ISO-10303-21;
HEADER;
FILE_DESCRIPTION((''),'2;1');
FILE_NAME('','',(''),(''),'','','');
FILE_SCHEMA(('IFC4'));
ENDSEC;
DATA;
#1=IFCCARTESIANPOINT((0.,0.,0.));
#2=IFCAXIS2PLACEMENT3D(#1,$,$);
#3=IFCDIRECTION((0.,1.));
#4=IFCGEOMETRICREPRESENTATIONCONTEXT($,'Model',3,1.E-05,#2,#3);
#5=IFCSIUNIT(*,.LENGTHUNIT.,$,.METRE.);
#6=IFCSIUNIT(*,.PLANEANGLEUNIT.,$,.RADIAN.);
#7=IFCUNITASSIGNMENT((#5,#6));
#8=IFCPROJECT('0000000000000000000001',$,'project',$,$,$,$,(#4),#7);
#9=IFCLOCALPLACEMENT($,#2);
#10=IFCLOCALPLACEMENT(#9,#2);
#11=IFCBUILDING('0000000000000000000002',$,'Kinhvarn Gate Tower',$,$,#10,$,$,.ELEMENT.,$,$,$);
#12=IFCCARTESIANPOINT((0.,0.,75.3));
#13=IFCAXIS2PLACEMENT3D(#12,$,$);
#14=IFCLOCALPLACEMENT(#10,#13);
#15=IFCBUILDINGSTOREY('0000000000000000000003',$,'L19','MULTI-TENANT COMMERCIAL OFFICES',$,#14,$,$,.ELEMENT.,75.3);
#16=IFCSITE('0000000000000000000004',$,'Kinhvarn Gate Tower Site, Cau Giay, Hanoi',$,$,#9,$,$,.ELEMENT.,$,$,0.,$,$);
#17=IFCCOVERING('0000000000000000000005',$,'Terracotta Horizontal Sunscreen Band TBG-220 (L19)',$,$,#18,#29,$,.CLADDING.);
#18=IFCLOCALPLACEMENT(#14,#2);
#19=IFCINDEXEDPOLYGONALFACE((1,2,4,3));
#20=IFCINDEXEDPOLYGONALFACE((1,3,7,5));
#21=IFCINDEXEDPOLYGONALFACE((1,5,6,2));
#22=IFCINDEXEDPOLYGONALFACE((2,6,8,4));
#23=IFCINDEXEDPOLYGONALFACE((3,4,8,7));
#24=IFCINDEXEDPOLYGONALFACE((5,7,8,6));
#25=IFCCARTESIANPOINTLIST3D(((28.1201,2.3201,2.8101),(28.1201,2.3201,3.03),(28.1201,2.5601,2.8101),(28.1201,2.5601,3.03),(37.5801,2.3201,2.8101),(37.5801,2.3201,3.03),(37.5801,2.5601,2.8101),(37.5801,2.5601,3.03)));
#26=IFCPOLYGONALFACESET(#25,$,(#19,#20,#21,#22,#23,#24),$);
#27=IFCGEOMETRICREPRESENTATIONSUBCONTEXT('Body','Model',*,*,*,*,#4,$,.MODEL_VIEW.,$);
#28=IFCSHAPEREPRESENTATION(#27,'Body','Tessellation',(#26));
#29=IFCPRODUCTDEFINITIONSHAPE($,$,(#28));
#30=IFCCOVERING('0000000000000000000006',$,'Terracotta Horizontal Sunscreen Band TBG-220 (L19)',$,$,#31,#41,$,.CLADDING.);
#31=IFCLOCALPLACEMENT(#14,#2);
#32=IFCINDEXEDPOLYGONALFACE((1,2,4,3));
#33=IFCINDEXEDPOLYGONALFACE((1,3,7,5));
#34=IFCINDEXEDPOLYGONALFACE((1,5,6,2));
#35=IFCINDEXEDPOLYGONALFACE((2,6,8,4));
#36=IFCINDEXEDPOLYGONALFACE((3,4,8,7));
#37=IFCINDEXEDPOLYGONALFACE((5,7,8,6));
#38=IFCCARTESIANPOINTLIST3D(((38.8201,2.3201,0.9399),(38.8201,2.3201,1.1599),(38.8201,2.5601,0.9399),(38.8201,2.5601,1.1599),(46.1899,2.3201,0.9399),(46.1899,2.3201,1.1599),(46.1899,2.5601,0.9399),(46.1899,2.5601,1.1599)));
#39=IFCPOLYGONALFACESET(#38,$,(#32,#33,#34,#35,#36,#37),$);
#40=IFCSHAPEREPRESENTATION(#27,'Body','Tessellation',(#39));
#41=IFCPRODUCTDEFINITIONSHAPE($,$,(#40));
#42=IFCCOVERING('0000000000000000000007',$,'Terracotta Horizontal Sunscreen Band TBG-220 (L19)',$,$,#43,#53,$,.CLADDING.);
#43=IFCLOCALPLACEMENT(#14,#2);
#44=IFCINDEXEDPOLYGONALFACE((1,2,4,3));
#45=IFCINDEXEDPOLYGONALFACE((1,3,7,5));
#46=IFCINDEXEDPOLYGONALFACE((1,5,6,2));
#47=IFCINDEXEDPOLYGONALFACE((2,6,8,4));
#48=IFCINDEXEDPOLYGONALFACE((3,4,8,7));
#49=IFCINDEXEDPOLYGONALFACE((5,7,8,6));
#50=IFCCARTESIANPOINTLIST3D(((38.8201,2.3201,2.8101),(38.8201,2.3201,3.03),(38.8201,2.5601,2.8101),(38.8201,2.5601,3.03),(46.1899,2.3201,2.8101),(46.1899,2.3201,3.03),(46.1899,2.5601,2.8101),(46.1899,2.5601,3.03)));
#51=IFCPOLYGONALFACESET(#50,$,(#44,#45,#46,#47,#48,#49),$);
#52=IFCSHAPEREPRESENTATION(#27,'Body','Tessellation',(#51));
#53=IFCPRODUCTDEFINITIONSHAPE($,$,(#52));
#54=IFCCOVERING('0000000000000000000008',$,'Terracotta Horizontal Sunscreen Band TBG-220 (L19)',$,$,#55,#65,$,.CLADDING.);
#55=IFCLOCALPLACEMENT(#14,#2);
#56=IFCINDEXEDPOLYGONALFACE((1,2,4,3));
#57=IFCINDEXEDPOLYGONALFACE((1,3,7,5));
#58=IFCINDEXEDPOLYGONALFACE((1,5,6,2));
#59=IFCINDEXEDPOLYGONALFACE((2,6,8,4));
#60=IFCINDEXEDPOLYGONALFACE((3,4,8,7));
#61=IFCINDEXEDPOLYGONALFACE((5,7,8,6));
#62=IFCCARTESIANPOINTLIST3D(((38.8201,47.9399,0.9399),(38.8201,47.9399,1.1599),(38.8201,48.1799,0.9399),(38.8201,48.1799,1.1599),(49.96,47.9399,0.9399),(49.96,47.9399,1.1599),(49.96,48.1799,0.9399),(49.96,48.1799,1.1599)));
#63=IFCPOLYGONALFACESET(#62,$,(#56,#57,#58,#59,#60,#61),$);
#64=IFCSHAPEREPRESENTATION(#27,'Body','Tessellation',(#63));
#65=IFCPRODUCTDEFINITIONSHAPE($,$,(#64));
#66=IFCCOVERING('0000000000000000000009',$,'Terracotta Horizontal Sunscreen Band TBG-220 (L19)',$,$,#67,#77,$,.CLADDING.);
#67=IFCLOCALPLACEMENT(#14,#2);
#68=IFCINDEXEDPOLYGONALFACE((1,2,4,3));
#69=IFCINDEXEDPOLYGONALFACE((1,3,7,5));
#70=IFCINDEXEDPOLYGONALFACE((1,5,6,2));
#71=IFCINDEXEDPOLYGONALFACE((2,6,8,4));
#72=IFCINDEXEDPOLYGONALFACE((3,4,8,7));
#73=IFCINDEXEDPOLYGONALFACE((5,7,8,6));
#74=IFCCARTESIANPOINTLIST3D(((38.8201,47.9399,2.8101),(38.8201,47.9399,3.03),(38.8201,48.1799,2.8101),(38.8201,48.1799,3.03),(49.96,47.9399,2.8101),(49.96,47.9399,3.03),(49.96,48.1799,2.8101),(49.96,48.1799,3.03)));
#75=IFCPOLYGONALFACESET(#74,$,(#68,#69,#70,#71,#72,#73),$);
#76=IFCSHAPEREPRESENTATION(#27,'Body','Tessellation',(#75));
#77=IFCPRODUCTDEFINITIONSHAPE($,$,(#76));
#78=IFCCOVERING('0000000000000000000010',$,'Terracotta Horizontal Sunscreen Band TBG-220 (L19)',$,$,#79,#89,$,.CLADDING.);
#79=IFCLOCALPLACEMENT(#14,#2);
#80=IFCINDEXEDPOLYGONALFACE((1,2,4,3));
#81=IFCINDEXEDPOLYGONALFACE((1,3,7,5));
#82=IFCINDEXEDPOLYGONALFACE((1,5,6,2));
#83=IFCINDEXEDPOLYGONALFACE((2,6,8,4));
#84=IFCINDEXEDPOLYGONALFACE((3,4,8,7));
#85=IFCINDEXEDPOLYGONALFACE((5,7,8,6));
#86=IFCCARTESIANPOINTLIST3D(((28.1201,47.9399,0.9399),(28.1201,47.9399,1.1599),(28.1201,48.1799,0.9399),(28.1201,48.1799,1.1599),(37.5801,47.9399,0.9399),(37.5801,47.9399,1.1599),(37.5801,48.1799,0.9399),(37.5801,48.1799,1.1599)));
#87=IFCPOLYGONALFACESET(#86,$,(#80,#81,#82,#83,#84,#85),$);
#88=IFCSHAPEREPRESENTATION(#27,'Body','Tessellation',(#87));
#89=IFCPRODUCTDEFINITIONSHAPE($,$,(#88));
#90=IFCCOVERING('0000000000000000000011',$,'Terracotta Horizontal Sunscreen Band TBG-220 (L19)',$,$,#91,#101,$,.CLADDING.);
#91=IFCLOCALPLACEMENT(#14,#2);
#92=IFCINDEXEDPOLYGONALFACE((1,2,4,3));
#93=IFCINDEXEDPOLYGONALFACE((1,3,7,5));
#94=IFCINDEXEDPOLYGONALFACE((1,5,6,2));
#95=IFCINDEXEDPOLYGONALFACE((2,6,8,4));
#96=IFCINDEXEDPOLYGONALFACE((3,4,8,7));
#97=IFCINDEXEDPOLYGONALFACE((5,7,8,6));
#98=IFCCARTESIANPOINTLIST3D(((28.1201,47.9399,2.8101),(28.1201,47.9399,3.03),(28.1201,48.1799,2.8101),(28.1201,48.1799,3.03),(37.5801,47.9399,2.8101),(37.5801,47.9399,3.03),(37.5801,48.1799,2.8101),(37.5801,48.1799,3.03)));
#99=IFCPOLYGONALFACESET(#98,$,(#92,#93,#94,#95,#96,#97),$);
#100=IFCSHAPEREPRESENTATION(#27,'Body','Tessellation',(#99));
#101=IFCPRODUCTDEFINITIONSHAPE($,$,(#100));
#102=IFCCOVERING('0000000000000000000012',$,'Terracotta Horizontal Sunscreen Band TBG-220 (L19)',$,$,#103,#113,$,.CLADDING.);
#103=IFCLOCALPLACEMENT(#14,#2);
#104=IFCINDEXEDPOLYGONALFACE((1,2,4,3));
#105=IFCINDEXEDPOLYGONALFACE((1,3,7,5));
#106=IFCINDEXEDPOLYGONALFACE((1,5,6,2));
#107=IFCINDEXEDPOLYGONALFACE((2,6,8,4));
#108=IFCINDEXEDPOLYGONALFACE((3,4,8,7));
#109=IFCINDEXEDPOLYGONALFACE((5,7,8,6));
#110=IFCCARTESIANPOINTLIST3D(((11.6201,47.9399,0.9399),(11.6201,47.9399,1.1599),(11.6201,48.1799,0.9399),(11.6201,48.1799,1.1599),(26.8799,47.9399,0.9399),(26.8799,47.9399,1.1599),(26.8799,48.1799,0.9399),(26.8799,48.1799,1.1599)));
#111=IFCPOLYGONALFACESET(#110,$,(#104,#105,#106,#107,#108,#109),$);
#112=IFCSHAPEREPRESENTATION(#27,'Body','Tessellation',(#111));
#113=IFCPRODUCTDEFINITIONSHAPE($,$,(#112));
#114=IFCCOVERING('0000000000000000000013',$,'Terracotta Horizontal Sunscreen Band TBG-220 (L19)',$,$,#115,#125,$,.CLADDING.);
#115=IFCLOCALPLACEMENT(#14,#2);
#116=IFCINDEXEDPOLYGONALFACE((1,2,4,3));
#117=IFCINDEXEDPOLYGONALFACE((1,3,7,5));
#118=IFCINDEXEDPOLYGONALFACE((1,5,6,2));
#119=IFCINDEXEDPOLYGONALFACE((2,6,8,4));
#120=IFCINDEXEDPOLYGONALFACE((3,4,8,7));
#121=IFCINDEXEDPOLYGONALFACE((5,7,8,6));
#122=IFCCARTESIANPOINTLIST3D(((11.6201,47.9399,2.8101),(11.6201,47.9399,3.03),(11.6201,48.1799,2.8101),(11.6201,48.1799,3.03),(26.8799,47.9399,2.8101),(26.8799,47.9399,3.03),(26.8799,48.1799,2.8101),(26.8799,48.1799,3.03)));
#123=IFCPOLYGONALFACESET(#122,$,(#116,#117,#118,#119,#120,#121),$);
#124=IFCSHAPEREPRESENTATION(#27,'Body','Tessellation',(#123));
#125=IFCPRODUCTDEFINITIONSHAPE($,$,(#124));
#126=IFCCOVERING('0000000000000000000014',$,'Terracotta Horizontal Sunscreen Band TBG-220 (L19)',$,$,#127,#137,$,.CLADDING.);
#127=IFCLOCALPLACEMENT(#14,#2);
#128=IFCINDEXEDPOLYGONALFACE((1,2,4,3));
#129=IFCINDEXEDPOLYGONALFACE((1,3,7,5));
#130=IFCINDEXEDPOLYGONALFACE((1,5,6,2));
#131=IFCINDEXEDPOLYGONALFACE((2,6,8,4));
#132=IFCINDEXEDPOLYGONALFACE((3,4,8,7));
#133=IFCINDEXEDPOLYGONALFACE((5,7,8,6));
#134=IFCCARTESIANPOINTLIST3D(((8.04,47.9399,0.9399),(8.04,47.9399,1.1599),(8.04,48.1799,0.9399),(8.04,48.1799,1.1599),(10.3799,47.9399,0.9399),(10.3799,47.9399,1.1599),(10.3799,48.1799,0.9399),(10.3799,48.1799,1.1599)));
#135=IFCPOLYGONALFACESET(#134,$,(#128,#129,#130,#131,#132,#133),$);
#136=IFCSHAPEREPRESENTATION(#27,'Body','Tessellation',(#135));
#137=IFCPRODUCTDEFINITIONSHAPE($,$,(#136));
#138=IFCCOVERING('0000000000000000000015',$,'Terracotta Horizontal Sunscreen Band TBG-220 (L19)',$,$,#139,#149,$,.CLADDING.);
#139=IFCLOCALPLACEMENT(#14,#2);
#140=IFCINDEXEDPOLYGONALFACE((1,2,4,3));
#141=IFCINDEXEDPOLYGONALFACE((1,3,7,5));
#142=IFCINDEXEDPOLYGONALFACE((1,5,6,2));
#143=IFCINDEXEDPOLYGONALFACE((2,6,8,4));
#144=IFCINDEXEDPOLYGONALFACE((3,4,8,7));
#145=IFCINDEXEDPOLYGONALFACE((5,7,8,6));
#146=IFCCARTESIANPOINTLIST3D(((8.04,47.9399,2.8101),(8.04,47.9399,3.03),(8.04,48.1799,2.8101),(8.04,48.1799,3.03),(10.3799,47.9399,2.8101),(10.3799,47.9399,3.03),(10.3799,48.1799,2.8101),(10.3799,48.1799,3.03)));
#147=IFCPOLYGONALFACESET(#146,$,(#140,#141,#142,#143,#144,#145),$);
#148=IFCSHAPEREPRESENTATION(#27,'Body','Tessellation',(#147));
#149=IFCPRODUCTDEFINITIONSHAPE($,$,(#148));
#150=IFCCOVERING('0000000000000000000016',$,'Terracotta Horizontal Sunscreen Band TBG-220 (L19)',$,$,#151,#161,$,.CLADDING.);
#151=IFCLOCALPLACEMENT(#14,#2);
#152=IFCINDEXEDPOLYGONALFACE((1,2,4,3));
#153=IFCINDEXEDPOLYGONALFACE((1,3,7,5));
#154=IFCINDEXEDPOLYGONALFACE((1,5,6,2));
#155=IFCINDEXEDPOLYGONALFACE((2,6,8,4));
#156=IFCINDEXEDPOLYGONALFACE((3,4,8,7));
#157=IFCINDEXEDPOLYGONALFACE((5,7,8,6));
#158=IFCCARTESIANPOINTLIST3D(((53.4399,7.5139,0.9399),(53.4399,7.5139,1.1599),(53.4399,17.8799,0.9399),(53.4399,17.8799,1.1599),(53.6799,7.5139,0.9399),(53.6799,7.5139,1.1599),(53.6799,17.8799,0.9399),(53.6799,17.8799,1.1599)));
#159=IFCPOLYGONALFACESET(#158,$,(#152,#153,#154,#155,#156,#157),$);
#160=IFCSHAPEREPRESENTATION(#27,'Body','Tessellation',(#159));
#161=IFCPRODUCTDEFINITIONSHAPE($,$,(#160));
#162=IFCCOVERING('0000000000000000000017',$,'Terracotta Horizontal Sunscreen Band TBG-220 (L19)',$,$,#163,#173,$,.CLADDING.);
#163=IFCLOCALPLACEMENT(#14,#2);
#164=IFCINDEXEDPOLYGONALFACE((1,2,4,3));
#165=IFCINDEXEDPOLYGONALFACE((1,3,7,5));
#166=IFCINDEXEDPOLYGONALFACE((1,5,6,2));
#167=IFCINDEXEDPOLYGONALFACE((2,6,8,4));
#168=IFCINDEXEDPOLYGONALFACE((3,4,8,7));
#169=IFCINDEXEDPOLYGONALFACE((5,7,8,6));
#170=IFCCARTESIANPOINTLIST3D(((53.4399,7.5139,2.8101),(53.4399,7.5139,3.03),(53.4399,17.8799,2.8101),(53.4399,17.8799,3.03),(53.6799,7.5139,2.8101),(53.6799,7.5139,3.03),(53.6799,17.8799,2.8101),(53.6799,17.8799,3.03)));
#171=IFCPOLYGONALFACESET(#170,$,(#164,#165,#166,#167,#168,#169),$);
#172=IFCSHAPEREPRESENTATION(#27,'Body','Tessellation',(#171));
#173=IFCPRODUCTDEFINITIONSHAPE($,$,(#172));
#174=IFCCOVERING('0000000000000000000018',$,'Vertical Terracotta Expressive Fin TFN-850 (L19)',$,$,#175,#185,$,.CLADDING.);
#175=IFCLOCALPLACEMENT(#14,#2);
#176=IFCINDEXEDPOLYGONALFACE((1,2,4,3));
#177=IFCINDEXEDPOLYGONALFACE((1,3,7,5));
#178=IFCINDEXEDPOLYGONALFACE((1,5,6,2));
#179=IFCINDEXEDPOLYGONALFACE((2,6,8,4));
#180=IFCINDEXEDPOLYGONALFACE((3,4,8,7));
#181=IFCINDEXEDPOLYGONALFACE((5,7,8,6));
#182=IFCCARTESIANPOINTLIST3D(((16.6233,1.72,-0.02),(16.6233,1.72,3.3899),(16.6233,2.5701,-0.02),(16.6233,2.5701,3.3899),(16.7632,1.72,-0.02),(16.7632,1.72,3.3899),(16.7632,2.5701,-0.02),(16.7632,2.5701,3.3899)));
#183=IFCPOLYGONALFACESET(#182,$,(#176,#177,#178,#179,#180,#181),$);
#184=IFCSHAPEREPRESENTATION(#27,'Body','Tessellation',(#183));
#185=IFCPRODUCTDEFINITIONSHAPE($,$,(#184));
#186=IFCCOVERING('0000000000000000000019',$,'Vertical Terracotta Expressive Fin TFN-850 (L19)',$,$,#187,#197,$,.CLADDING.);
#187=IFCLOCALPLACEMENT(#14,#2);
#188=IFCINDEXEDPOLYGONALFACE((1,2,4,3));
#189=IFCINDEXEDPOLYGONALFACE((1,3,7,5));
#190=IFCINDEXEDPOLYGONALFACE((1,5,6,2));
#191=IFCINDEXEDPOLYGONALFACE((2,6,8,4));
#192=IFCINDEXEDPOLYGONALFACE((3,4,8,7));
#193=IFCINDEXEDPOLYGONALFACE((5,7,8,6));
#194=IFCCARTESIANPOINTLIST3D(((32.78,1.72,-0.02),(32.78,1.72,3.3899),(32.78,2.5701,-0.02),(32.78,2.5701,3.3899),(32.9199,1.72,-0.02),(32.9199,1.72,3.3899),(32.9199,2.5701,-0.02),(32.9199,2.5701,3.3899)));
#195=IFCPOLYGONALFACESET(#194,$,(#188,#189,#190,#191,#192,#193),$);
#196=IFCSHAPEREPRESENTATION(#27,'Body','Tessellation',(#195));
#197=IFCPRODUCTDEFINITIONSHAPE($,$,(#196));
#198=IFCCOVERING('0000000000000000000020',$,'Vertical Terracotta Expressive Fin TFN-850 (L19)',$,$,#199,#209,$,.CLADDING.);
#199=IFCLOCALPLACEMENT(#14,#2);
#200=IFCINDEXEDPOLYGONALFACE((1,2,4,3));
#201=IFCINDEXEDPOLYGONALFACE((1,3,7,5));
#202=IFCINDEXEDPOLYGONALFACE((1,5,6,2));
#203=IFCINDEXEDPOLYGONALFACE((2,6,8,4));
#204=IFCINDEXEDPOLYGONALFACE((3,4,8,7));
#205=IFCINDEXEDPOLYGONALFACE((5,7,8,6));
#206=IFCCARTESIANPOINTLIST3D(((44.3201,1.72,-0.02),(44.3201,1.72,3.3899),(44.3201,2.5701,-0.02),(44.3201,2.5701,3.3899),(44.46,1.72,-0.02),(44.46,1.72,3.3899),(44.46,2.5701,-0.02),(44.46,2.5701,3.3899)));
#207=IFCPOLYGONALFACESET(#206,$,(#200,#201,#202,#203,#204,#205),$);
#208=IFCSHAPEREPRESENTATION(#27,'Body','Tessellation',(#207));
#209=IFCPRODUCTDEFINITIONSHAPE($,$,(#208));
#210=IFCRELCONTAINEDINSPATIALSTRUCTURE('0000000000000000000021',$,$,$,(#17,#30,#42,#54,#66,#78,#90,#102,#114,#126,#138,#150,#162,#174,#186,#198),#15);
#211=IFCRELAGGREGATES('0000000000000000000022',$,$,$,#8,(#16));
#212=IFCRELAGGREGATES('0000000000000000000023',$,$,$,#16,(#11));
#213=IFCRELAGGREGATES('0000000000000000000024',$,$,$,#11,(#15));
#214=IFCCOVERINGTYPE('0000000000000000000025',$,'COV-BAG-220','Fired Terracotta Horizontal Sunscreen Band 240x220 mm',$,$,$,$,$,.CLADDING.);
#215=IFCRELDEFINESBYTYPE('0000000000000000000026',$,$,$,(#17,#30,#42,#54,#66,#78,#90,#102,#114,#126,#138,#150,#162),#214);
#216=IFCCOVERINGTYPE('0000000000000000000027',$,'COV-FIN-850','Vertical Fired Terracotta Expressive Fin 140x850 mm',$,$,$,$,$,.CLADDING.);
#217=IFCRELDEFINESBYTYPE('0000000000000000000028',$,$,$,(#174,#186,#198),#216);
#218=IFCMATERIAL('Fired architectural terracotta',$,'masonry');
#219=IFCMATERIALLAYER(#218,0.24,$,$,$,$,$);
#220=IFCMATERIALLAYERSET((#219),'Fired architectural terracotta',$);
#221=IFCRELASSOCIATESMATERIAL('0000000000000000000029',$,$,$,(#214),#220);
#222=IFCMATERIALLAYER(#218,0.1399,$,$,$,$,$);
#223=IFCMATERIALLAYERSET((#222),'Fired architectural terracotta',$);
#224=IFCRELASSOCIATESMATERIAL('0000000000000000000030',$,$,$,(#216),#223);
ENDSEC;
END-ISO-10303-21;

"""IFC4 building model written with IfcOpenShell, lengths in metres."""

from ifc_helpers import new_model, si_unit, direction, frame, origin, place, context, subcontext, project, spatial, polyline, outline, extrude, material, layer, layer_set, type_object, element, save


model = new_model("IFC4")

# Units and contexts
model_context = context("Model", 3, precision=1e-05, world=origin(), true_north=direction((0.0, 1.0)))
body_context = subcontext(model_context, "Body", "Model", "MODEL_VIEW")
ifc_project = project(units=[si_unit("LENGTHUNIT", "METRE"), si_unit("PLANEANGLEUNIT", "RADIAN")], contexts=[model_context])

# Site, building, storey
site_placement = place(None, origin())
site = spatial("IfcSite", under=ifc_project, at=site_placement, Name="Kinhvarn Gate Tower Site, Cau Giay, Hanoi", CompositionType="ELEMENT", RefElevation=0.0)
building_placement = place(site_placement, origin())
building = spatial("IfcBuilding", under=site, at=building_placement, Name="Kinhvarn Gate Tower", CompositionType="ELEMENT")
storey_placement = place(building_placement, frame((0.0, 0.0, 75.3)))
storey = spatial("IfcBuildingStorey", under=building, at=storey_placement, Name="L19", Description="MULTI-TENANT COMMERCIAL OFFICES", CompositionType="ELEMENT", Elevation=75.3)

# Coverings
ifc_material_1 = material(Name="Fired architectural terracotta", Category="masonry")
ifc_layer_1 = layer(ifc_material_1, 0.24)
ifc_layer_set_1 = layer_set([ifc_layer_1], Name="Fired architectural terracotta")
covering_type_1 = type_object("IfcCoveringType", Name="COV-BAG-220", Description="Fired Terracotta Horizontal Sunscreen Band 240x220 mm", PredefinedType="CLADDING", material=ifc_layer_set_1)
for number, where, name in (
    (1, (0.0, 0.0, 2.8101), "Terracotta Horizontal Sunscreen Band TBG-220 (L19)"),
):
    element("IfcCovering", number, at=place(storey_placement, frame(where)), inside=storey, type_object=covering_type_1, Name=name, PredefinedType="CLADDING", context=body_context, shape_type="SweptSolid", body=[
        extrude(outline(polyline([(28.1201, 2.5601), (37.5801, 2.5601), (37.5801, 2.3201), (28.1201, 2.3201), (28.1201, 2.5601)])), origin(), (0.0, 0.0, 1.0), 0.22),
    ])
for number, where, name in (
    (2, (0.0, 0.0, 0.9399), "Terracotta Horizontal Sunscreen Band TBG-220 (L19)"),
    (3, (0.0, 0.0, 2.8101), "Terracotta Horizontal Sunscreen Band TBG-220 (L19)"),
):
    element("IfcCovering", number, at=place(storey_placement, frame(where)), inside=storey, type_object=covering_type_1, Name=name, PredefinedType="CLADDING", context=body_context, shape_type="SweptSolid", body=[
        extrude(outline(polyline([(38.8201, 2.5601), (46.1899, 2.5601), (46.1899, 2.3201), (38.8201, 2.3201), (38.8201, 2.5601)])), origin(), (0.0, 0.0, 1.0), 0.22),
    ])
for number, where, name in (
    (4, (0.0, 0.0, 0.9399), "Terracotta Horizontal Sunscreen Band TBG-220 (L19)"),
    (5, (0.0, 0.0, 2.8101), "Terracotta Horizontal Sunscreen Band TBG-220 (L19)"),
):
    element("IfcCovering", number, at=place(storey_placement, frame(where)), inside=storey, type_object=covering_type_1, Name=name, PredefinedType="CLADDING", context=body_context, shape_type="SweptSolid", body=[
        extrude(outline(polyline([(49.96, 47.9399), (38.8201, 47.9399), (38.8201, 48.1799), (49.96, 48.1799), (49.96, 47.9399)])), origin(), (0.0, 0.0, 1.0), 0.22),
    ])
for number, where, name in (
    (6, (0.0, 0.0, 0.9399), "Terracotta Horizontal Sunscreen Band TBG-220 (L19)"),
    (7, (0.0, 0.0, 2.8101), "Terracotta Horizontal Sunscreen Band TBG-220 (L19)"),
):
    element("IfcCovering", number, at=place(storey_placement, frame(where)), inside=storey, type_object=covering_type_1, Name=name, PredefinedType="CLADDING", context=body_context, shape_type="SweptSolid", body=[
        extrude(outline(polyline([(37.5801, 47.9399), (28.1201, 47.9399), (28.1201, 48.1799), (37.5801, 48.1799), (37.5801, 47.9399)])), origin(), (0.0, 0.0, 1.0), 0.22),
    ])
for number, where, name in (
    (8, (0.0, 0.0, 0.9399), "Terracotta Horizontal Sunscreen Band TBG-220 (L19)"),
    (9, (0.0, 0.0, 2.8101), "Terracotta Horizontal Sunscreen Band TBG-220 (L19)"),
):
    element("IfcCovering", number, at=place(storey_placement, frame(where)), inside=storey, type_object=covering_type_1, Name=name, PredefinedType="CLADDING", context=body_context, shape_type="SweptSolid", body=[
        extrude(outline(polyline([(26.8799, 47.9399), (11.6201, 47.9399), (11.6201, 48.1799), (26.8799, 48.1799), (26.8799, 47.9399)])), origin(), (0.0, 0.0, 1.0), 0.22),
    ])
for number, where, name in (
    (10, (0.0, 0.0, 0.9399), "Terracotta Horizontal Sunscreen Band TBG-220 (L19)"),
    (11, (0.0, 0.0, 2.8101), "Terracotta Horizontal Sunscreen Band TBG-220 (L19)"),
):
    element("IfcCovering", number, at=place(storey_placement, frame(where)), inside=storey, type_object=covering_type_1, Name=name, PredefinedType="CLADDING", context=body_context, shape_type="SweptSolid", body=[
        extrude(outline(polyline([(10.3799, 47.9399), (8.04, 47.9399), (8.04, 48.1799), (10.3799, 48.1799), (10.3799, 47.9399)])), origin(), (0.0, 0.0, 1.0), 0.22),
    ])
for number, where, name in (
    (12, (0.0, 0.0, 0.9399), "Terracotta Horizontal Sunscreen Band TBG-220 (L19)"),
    (13, (0.0, 0.0, 2.8101), "Terracotta Horizontal Sunscreen Band TBG-220 (L19)"),
):
    element("IfcCovering", number, at=place(storey_placement, frame(where)), inside=storey, type_object=covering_type_1, Name=name, PredefinedType="CLADDING", context=body_context, shape_type="SweptSolid", body=[
        extrude(outline(polyline([(53.4399, 7.5139), (53.4399, 17.8799), (53.6799, 17.8799), (53.6799, 7.5139), (53.4399, 7.5139)])), origin(), (0.0, 0.0, 1.0), 0.22),
    ])
ifc_layer_2 = layer(ifc_material_1, 0.1399)
ifc_layer_set_2 = layer_set([ifc_layer_2], Name="Fired architectural terracotta")
covering_type_2 = type_object("IfcCoveringType", Name="COV-FIN-850", Description="Vertical Fired Terracotta Expressive Fin 140x850 mm", PredefinedType="CLADDING", material=ifc_layer_set_2)
covering_1_placement = place(storey_placement, frame((0.0, 0.0, -0.02)))
element("IfcCovering", 14, at=covering_1_placement, inside=storey, type_object=covering_type_2, Name="Vertical Terracotta Expressive Fin TFN-850 (L19)", PredefinedType="CLADDING", context=body_context, shape_type="SweptSolid", body=[
    extrude(outline(polyline([(16.6233, 2.5701), (16.7632, 2.5701), (16.7632, 1.72), (16.6233, 1.72), (16.6233, 2.5701)])), origin(), (0.0, 0.0, 1.0), 3.4099),
])
covering_2_placement = place(storey_placement, frame((0.0, 0.0, -0.02)))
element("IfcCovering", 15, at=covering_2_placement, inside=storey, type_object=covering_type_2, Name="Vertical Terracotta Expressive Fin TFN-850 (L19)", PredefinedType="CLADDING", context=body_context, shape_type="SweptSolid", body=[
    extrude(outline(polyline([(32.78, 2.5701), (32.9199, 2.5701), (32.9199, 1.72), (32.78, 1.72), (32.78, 2.5701)])), origin(), (0.0, 0.0, 1.0), 3.4099),
])
covering_3_placement = place(storey_placement, frame((0.0, 0.0, -0.02)))
element("IfcCovering", 16, at=covering_3_placement, inside=storey, type_object=covering_type_2, Name="Vertical Terracotta Expressive Fin TFN-850 (L19)", PredefinedType="CLADDING", context=body_context, shape_type="SweptSolid", body=[
    extrude(outline(polyline([(44.3201, 2.5701), (44.46, 2.5701), (44.46, 1.72), (44.3201, 1.72), (44.3201, 2.5701)])), origin(), (0.0, 0.0, 1.0), 3.4099),
])

save(model, "model.ifc")
